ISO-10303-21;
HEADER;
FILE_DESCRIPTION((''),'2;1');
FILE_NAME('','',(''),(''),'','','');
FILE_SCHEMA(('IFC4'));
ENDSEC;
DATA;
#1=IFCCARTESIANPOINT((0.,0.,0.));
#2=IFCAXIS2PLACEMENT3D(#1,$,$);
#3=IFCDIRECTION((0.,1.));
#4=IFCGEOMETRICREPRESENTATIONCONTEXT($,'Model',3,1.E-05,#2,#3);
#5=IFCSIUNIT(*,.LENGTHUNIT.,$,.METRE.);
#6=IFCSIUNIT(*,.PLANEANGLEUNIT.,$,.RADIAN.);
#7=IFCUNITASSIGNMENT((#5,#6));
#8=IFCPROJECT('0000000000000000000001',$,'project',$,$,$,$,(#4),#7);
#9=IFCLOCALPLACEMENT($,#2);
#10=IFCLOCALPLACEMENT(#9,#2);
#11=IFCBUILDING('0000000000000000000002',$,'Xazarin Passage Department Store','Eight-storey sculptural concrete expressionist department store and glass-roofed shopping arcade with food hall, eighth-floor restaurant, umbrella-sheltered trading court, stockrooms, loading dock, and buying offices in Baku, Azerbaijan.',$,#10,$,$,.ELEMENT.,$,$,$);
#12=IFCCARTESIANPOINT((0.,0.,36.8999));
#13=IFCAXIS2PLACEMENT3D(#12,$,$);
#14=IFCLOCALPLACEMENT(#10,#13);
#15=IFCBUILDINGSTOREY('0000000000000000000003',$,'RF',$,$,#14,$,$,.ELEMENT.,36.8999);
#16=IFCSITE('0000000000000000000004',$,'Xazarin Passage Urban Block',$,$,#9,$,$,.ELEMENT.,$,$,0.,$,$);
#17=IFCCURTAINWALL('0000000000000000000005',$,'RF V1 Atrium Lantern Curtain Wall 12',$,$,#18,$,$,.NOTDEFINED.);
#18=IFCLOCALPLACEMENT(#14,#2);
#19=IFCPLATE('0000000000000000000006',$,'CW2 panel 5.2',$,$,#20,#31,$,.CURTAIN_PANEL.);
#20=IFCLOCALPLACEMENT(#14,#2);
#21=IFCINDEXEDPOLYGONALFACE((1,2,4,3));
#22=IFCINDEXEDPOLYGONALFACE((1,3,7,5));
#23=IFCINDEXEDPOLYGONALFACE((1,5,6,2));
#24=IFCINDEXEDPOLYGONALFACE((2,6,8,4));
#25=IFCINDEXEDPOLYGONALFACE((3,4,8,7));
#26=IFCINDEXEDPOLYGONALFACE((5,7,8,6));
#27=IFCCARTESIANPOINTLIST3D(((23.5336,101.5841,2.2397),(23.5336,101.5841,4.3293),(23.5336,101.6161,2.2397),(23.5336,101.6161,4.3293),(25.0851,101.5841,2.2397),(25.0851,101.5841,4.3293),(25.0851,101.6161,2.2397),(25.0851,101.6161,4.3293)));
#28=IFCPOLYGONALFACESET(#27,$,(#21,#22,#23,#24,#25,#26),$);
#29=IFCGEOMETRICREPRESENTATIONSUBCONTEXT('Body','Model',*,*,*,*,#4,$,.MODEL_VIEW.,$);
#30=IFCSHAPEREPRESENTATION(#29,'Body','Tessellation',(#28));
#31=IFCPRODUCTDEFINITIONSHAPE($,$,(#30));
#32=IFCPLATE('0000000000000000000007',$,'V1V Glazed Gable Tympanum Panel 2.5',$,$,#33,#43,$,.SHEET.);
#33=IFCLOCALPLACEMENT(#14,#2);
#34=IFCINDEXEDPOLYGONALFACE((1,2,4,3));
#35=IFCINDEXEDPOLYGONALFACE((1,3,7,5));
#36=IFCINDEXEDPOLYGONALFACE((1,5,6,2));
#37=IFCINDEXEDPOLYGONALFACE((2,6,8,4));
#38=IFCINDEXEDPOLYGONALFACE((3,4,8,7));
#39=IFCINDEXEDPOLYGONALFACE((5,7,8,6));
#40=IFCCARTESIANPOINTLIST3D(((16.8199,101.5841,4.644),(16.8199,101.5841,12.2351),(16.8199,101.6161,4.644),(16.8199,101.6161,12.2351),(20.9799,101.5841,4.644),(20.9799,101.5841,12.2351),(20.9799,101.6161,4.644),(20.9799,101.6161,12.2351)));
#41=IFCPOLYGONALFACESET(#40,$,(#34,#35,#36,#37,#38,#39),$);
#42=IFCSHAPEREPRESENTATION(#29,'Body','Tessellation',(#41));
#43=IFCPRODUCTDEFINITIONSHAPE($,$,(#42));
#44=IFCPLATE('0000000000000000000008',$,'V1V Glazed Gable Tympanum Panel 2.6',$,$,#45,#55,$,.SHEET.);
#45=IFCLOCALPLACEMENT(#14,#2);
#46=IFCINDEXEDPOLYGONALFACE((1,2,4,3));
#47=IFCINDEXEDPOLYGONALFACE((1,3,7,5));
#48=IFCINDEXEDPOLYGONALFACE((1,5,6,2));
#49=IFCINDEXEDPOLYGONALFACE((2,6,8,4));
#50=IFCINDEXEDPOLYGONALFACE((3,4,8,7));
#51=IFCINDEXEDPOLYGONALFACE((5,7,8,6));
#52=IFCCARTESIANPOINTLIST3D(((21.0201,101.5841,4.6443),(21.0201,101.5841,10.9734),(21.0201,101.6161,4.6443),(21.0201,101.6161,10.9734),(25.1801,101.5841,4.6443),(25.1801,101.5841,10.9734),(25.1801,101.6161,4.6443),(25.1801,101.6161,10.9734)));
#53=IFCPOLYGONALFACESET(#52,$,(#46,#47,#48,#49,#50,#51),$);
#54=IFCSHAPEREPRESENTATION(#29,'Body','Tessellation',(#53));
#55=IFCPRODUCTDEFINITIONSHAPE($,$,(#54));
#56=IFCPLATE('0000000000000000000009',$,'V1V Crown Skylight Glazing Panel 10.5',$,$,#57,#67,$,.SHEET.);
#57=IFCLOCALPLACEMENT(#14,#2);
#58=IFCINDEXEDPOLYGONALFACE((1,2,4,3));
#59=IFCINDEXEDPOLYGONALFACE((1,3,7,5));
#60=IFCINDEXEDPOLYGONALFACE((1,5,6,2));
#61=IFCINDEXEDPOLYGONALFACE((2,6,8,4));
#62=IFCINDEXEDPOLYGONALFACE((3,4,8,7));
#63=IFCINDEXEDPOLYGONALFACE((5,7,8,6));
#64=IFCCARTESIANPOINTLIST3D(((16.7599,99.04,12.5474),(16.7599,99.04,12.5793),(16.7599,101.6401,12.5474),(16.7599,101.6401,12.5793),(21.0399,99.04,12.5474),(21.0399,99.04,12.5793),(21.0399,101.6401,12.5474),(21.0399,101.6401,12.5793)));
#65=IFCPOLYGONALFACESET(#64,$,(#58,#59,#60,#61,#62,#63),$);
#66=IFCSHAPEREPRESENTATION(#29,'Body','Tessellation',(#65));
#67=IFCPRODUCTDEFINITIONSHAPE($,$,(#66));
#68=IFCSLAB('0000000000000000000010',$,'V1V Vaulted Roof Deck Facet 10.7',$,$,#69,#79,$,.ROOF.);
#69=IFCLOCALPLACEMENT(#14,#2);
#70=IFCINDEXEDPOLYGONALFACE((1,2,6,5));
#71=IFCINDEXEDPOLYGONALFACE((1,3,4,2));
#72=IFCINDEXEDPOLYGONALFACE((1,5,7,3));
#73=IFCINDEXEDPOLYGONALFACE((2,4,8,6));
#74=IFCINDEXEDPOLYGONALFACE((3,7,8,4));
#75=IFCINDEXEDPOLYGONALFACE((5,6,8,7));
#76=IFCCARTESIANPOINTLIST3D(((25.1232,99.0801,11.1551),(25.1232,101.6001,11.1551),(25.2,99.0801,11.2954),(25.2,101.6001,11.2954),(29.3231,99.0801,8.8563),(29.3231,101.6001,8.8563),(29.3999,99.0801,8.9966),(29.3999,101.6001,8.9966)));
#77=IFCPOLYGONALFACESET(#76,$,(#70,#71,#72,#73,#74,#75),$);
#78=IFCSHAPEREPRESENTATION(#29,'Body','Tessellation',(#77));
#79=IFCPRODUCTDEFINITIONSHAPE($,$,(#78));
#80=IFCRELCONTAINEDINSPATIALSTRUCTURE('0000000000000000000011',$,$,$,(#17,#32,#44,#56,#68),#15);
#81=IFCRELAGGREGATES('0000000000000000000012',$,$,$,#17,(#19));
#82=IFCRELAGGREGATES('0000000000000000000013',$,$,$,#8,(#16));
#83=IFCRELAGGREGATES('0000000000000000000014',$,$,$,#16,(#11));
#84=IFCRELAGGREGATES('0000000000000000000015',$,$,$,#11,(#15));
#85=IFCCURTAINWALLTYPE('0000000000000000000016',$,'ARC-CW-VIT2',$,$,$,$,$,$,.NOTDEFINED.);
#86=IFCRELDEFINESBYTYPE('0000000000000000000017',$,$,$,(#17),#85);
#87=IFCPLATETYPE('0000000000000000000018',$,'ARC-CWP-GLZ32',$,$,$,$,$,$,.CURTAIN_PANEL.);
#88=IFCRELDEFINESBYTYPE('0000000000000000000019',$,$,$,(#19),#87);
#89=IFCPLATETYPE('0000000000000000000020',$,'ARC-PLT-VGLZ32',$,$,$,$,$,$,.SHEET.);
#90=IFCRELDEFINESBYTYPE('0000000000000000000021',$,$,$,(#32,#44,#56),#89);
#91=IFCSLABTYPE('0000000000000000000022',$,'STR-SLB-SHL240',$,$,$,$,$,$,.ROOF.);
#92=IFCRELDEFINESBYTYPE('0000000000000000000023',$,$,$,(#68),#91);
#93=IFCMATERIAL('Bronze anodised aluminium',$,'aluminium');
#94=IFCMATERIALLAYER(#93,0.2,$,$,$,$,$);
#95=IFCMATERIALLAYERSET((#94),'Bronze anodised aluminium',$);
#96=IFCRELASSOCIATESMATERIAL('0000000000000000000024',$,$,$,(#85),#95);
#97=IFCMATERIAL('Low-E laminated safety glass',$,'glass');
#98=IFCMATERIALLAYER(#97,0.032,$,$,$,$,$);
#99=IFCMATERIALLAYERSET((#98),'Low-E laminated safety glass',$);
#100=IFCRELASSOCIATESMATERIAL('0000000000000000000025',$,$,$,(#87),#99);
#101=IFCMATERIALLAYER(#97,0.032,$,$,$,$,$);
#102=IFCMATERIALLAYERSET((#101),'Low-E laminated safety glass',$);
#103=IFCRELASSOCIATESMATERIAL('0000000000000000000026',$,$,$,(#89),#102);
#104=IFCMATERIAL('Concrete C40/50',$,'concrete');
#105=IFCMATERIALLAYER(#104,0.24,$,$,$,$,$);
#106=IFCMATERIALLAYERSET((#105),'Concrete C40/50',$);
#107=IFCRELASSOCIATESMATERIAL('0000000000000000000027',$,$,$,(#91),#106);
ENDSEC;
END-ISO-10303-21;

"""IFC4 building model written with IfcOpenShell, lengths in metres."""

from ifc_helpers import new_model, si_unit, direction, frame, origin, origin_2d, place, context, subcontext, project, spatial, polyline, rectangle, outline, extrude, material, layer, layer_set, type_object, element, aggregate, save


model = new_model("IFC4")

# Units and contexts
model_context = context("Model", 3, precision=1e-05, world=origin(), true_north=direction((0.0, 1.0)))
body_context = subcontext(model_context, "Body", "Model", "MODEL_VIEW")
ifc_project = project(units=[si_unit("LENGTHUNIT", "METRE"), si_unit("PLANEANGLEUNIT", "RADIAN")], contexts=[model_context])

# Site, building, storey
site_placement = place(None, origin())
site = spatial("IfcSite", under=ifc_project, at=site_placement, Name="Xazarin Passage Urban Block", CompositionType="ELEMENT", RefElevation=0.0)
building_placement = place(site_placement, origin())
building = spatial("IfcBuilding", under=site, at=building_placement, Name="Xazarin Passage Department Store", Description="Eight-storey sculptural concrete expressionist department store and glass-roofed shopping arcade with food hall, eighth-floor restaurant, umbrella-sheltered trading court, stockrooms, loading dock, and buying offices in Baku, Azerbaijan.", CompositionType="ELEMENT")
storey_placement = place(building_placement, frame((0.0, 0.0, 36.8999)))
storey = spatial("IfcBuildingStorey", under=building, at=storey_placement, Name="RF", CompositionType="ELEMENT", Elevation=36.8999)

# Curtain wall
ifc_material_1 = material(Name="Bronze anodised aluminium", Category="aluminium")
ifc_layer_1 = layer(ifc_material_1, 0.2)
ifc_layer_set_1 = layer_set([ifc_layer_1], Name="Bronze anodised aluminium")
curtain_wall_type = type_object("IfcCurtainWallType", Name="ARC-CW-VIT2", PredefinedType="NOTDEFINED", material=ifc_layer_set_1)
curtain_wall_placement = place(storey_placement, origin())
curtain_wall = element("IfcCurtainWall", 1, at=curtain_wall_placement, inside=storey, type_object=curtain_wall_type, Name="RF V1 Atrium Lantern Curtain Wall 12", PredefinedType="NOTDEFINED")

# Plate
ifc_material_2 = material(Name="Low-E laminated safety glass", Category="glass")
ifc_layer_2 = layer(ifc_material_2, 0.032)
ifc_layer_set_2 = layer_set([ifc_layer_2], Name="Low-E laminated safety glass")
plate_type_1 = type_object("IfcPlateType", Name="ARC-CWP-GLZ32", PredefinedType="CURTAIN_PANEL", material=ifc_layer_set_2)
plate_1_placement = place(storey_placement, frame((24.3093, 101.6001, 2.2397), z_axis=(0.0, 0.0, 1.0), x_axis=(1.0, 0.0, 0.0)))
plate_1 = element("IfcPlate", 2, at=plate_1_placement, type_object=plate_type_1, Name="CW2 panel 5.2", PredefinedType="CURTAIN_PANEL", context=body_context, shape_type="SweptSolid", body=[
    extrude(rectangle(XDim=1.5515, YDim=0.032, at=origin_2d()), origin(), (0.0, 0.0, 1.0), 2.0896),
])
aggregate(curtain_wall, [plate_1])

# Plates
ifc_layer_3 = layer(ifc_material_2, 0.032)
ifc_layer_set_3 = layer_set([ifc_layer_3], Name="Low-E laminated safety glass")
plate_type_2 = type_object("IfcPlateType", Name="ARC-PLT-VGLZ32", PredefinedType="SHEET", material=ifc_layer_set_3)
plate_2_placement = place(storey_placement, frame((18.8999, 101.6001, 4.644), z_axis=(0.0, 0.0, 1.0), x_axis=(1.0, 0.0, 0.0)))
element("IfcPlate", 3, at=plate_2_placement, inside=storey, type_object=plate_type_2, Name="V1V Glazed Gable Tympanum Panel 2.5", PredefinedType="SHEET", context=body_context, shape_type="SweptSolid", body=[
    extrude(rectangle(XDim=4.1599, YDim=0.032, at=origin_2d()), origin(), (0.0, 0.0, 1.0), 7.5911),
])
plate_3_placement = place(storey_placement, frame((23.1001, 101.6001, 4.6443), z_axis=(0.0, 0.0, 1.0), x_axis=(1.0, 0.0, 0.0)))
element("IfcPlate", 4, at=plate_3_placement, inside=storey, type_object=plate_type_2, Name="V1V Glazed Gable Tympanum Panel 2.6", PredefinedType="SHEET", context=body_context, shape_type="SweptSolid", body=[
    extrude(rectangle(XDim=4.1599, YDim=0.032, at=origin_2d()), origin(), (0.0, 0.0, 1.0), 6.3291),
])
plate_4_placement = place(storey_placement, frame((18.8999, 100.3401, 12.5474), z_axis=(0.0, 0.0, 1.0), x_axis=(1.0, 0.0, 0.0)))
element("IfcPlate", 5, at=plate_4_placement, inside=storey, type_object=plate_type_2, Name="V1V Crown Skylight Glazing Panel 10.5", PredefinedType="SHEET", context=body_context, shape_type="SweptSolid", body=[
    extrude(rectangle(XDim=4.28, YDim=2.6001, at=origin_2d()), origin(), (0.0, 0.0, 1.0), 0.032),
])

# Slab
ifc_material_3 = material(Name="Concrete C40/50", Category="concrete")
ifc_layer_4 = layer(ifc_material_3, 0.24)
ifc_layer_set_4 = layer_set([ifc_layer_4], Name="Concrete C40/50")
slab_type = type_object("IfcSlabType", Name="STR-SLB-SHL240", PredefinedType="ROOF", material=ifc_layer_set_4)
slab_placement = place(storey_placement, frame((25.2, 99.0801, 11.2954), z_axis=(0.480131, 0.0, 0.877197), x_axis=(0.877197, 0.0, -0.480131)))
element("IfcSlab", 6, at=slab_placement, inside=storey, type_object=slab_type, Name="V1V Vaulted Roof Deck Facet 10.7", PredefinedType="ROOF", context=body_context, shape_type="SweptSolid", body=[
    extrude(outline(polyline([(0.0, 0.0), (4.7879, 0.0), (4.7879, 2.52), (0.0, 2.52), (0.0, 0.0)])), origin(), (0.0, 0.0, -1.0), 0.1599),
])

save(model, "model.ifc")
